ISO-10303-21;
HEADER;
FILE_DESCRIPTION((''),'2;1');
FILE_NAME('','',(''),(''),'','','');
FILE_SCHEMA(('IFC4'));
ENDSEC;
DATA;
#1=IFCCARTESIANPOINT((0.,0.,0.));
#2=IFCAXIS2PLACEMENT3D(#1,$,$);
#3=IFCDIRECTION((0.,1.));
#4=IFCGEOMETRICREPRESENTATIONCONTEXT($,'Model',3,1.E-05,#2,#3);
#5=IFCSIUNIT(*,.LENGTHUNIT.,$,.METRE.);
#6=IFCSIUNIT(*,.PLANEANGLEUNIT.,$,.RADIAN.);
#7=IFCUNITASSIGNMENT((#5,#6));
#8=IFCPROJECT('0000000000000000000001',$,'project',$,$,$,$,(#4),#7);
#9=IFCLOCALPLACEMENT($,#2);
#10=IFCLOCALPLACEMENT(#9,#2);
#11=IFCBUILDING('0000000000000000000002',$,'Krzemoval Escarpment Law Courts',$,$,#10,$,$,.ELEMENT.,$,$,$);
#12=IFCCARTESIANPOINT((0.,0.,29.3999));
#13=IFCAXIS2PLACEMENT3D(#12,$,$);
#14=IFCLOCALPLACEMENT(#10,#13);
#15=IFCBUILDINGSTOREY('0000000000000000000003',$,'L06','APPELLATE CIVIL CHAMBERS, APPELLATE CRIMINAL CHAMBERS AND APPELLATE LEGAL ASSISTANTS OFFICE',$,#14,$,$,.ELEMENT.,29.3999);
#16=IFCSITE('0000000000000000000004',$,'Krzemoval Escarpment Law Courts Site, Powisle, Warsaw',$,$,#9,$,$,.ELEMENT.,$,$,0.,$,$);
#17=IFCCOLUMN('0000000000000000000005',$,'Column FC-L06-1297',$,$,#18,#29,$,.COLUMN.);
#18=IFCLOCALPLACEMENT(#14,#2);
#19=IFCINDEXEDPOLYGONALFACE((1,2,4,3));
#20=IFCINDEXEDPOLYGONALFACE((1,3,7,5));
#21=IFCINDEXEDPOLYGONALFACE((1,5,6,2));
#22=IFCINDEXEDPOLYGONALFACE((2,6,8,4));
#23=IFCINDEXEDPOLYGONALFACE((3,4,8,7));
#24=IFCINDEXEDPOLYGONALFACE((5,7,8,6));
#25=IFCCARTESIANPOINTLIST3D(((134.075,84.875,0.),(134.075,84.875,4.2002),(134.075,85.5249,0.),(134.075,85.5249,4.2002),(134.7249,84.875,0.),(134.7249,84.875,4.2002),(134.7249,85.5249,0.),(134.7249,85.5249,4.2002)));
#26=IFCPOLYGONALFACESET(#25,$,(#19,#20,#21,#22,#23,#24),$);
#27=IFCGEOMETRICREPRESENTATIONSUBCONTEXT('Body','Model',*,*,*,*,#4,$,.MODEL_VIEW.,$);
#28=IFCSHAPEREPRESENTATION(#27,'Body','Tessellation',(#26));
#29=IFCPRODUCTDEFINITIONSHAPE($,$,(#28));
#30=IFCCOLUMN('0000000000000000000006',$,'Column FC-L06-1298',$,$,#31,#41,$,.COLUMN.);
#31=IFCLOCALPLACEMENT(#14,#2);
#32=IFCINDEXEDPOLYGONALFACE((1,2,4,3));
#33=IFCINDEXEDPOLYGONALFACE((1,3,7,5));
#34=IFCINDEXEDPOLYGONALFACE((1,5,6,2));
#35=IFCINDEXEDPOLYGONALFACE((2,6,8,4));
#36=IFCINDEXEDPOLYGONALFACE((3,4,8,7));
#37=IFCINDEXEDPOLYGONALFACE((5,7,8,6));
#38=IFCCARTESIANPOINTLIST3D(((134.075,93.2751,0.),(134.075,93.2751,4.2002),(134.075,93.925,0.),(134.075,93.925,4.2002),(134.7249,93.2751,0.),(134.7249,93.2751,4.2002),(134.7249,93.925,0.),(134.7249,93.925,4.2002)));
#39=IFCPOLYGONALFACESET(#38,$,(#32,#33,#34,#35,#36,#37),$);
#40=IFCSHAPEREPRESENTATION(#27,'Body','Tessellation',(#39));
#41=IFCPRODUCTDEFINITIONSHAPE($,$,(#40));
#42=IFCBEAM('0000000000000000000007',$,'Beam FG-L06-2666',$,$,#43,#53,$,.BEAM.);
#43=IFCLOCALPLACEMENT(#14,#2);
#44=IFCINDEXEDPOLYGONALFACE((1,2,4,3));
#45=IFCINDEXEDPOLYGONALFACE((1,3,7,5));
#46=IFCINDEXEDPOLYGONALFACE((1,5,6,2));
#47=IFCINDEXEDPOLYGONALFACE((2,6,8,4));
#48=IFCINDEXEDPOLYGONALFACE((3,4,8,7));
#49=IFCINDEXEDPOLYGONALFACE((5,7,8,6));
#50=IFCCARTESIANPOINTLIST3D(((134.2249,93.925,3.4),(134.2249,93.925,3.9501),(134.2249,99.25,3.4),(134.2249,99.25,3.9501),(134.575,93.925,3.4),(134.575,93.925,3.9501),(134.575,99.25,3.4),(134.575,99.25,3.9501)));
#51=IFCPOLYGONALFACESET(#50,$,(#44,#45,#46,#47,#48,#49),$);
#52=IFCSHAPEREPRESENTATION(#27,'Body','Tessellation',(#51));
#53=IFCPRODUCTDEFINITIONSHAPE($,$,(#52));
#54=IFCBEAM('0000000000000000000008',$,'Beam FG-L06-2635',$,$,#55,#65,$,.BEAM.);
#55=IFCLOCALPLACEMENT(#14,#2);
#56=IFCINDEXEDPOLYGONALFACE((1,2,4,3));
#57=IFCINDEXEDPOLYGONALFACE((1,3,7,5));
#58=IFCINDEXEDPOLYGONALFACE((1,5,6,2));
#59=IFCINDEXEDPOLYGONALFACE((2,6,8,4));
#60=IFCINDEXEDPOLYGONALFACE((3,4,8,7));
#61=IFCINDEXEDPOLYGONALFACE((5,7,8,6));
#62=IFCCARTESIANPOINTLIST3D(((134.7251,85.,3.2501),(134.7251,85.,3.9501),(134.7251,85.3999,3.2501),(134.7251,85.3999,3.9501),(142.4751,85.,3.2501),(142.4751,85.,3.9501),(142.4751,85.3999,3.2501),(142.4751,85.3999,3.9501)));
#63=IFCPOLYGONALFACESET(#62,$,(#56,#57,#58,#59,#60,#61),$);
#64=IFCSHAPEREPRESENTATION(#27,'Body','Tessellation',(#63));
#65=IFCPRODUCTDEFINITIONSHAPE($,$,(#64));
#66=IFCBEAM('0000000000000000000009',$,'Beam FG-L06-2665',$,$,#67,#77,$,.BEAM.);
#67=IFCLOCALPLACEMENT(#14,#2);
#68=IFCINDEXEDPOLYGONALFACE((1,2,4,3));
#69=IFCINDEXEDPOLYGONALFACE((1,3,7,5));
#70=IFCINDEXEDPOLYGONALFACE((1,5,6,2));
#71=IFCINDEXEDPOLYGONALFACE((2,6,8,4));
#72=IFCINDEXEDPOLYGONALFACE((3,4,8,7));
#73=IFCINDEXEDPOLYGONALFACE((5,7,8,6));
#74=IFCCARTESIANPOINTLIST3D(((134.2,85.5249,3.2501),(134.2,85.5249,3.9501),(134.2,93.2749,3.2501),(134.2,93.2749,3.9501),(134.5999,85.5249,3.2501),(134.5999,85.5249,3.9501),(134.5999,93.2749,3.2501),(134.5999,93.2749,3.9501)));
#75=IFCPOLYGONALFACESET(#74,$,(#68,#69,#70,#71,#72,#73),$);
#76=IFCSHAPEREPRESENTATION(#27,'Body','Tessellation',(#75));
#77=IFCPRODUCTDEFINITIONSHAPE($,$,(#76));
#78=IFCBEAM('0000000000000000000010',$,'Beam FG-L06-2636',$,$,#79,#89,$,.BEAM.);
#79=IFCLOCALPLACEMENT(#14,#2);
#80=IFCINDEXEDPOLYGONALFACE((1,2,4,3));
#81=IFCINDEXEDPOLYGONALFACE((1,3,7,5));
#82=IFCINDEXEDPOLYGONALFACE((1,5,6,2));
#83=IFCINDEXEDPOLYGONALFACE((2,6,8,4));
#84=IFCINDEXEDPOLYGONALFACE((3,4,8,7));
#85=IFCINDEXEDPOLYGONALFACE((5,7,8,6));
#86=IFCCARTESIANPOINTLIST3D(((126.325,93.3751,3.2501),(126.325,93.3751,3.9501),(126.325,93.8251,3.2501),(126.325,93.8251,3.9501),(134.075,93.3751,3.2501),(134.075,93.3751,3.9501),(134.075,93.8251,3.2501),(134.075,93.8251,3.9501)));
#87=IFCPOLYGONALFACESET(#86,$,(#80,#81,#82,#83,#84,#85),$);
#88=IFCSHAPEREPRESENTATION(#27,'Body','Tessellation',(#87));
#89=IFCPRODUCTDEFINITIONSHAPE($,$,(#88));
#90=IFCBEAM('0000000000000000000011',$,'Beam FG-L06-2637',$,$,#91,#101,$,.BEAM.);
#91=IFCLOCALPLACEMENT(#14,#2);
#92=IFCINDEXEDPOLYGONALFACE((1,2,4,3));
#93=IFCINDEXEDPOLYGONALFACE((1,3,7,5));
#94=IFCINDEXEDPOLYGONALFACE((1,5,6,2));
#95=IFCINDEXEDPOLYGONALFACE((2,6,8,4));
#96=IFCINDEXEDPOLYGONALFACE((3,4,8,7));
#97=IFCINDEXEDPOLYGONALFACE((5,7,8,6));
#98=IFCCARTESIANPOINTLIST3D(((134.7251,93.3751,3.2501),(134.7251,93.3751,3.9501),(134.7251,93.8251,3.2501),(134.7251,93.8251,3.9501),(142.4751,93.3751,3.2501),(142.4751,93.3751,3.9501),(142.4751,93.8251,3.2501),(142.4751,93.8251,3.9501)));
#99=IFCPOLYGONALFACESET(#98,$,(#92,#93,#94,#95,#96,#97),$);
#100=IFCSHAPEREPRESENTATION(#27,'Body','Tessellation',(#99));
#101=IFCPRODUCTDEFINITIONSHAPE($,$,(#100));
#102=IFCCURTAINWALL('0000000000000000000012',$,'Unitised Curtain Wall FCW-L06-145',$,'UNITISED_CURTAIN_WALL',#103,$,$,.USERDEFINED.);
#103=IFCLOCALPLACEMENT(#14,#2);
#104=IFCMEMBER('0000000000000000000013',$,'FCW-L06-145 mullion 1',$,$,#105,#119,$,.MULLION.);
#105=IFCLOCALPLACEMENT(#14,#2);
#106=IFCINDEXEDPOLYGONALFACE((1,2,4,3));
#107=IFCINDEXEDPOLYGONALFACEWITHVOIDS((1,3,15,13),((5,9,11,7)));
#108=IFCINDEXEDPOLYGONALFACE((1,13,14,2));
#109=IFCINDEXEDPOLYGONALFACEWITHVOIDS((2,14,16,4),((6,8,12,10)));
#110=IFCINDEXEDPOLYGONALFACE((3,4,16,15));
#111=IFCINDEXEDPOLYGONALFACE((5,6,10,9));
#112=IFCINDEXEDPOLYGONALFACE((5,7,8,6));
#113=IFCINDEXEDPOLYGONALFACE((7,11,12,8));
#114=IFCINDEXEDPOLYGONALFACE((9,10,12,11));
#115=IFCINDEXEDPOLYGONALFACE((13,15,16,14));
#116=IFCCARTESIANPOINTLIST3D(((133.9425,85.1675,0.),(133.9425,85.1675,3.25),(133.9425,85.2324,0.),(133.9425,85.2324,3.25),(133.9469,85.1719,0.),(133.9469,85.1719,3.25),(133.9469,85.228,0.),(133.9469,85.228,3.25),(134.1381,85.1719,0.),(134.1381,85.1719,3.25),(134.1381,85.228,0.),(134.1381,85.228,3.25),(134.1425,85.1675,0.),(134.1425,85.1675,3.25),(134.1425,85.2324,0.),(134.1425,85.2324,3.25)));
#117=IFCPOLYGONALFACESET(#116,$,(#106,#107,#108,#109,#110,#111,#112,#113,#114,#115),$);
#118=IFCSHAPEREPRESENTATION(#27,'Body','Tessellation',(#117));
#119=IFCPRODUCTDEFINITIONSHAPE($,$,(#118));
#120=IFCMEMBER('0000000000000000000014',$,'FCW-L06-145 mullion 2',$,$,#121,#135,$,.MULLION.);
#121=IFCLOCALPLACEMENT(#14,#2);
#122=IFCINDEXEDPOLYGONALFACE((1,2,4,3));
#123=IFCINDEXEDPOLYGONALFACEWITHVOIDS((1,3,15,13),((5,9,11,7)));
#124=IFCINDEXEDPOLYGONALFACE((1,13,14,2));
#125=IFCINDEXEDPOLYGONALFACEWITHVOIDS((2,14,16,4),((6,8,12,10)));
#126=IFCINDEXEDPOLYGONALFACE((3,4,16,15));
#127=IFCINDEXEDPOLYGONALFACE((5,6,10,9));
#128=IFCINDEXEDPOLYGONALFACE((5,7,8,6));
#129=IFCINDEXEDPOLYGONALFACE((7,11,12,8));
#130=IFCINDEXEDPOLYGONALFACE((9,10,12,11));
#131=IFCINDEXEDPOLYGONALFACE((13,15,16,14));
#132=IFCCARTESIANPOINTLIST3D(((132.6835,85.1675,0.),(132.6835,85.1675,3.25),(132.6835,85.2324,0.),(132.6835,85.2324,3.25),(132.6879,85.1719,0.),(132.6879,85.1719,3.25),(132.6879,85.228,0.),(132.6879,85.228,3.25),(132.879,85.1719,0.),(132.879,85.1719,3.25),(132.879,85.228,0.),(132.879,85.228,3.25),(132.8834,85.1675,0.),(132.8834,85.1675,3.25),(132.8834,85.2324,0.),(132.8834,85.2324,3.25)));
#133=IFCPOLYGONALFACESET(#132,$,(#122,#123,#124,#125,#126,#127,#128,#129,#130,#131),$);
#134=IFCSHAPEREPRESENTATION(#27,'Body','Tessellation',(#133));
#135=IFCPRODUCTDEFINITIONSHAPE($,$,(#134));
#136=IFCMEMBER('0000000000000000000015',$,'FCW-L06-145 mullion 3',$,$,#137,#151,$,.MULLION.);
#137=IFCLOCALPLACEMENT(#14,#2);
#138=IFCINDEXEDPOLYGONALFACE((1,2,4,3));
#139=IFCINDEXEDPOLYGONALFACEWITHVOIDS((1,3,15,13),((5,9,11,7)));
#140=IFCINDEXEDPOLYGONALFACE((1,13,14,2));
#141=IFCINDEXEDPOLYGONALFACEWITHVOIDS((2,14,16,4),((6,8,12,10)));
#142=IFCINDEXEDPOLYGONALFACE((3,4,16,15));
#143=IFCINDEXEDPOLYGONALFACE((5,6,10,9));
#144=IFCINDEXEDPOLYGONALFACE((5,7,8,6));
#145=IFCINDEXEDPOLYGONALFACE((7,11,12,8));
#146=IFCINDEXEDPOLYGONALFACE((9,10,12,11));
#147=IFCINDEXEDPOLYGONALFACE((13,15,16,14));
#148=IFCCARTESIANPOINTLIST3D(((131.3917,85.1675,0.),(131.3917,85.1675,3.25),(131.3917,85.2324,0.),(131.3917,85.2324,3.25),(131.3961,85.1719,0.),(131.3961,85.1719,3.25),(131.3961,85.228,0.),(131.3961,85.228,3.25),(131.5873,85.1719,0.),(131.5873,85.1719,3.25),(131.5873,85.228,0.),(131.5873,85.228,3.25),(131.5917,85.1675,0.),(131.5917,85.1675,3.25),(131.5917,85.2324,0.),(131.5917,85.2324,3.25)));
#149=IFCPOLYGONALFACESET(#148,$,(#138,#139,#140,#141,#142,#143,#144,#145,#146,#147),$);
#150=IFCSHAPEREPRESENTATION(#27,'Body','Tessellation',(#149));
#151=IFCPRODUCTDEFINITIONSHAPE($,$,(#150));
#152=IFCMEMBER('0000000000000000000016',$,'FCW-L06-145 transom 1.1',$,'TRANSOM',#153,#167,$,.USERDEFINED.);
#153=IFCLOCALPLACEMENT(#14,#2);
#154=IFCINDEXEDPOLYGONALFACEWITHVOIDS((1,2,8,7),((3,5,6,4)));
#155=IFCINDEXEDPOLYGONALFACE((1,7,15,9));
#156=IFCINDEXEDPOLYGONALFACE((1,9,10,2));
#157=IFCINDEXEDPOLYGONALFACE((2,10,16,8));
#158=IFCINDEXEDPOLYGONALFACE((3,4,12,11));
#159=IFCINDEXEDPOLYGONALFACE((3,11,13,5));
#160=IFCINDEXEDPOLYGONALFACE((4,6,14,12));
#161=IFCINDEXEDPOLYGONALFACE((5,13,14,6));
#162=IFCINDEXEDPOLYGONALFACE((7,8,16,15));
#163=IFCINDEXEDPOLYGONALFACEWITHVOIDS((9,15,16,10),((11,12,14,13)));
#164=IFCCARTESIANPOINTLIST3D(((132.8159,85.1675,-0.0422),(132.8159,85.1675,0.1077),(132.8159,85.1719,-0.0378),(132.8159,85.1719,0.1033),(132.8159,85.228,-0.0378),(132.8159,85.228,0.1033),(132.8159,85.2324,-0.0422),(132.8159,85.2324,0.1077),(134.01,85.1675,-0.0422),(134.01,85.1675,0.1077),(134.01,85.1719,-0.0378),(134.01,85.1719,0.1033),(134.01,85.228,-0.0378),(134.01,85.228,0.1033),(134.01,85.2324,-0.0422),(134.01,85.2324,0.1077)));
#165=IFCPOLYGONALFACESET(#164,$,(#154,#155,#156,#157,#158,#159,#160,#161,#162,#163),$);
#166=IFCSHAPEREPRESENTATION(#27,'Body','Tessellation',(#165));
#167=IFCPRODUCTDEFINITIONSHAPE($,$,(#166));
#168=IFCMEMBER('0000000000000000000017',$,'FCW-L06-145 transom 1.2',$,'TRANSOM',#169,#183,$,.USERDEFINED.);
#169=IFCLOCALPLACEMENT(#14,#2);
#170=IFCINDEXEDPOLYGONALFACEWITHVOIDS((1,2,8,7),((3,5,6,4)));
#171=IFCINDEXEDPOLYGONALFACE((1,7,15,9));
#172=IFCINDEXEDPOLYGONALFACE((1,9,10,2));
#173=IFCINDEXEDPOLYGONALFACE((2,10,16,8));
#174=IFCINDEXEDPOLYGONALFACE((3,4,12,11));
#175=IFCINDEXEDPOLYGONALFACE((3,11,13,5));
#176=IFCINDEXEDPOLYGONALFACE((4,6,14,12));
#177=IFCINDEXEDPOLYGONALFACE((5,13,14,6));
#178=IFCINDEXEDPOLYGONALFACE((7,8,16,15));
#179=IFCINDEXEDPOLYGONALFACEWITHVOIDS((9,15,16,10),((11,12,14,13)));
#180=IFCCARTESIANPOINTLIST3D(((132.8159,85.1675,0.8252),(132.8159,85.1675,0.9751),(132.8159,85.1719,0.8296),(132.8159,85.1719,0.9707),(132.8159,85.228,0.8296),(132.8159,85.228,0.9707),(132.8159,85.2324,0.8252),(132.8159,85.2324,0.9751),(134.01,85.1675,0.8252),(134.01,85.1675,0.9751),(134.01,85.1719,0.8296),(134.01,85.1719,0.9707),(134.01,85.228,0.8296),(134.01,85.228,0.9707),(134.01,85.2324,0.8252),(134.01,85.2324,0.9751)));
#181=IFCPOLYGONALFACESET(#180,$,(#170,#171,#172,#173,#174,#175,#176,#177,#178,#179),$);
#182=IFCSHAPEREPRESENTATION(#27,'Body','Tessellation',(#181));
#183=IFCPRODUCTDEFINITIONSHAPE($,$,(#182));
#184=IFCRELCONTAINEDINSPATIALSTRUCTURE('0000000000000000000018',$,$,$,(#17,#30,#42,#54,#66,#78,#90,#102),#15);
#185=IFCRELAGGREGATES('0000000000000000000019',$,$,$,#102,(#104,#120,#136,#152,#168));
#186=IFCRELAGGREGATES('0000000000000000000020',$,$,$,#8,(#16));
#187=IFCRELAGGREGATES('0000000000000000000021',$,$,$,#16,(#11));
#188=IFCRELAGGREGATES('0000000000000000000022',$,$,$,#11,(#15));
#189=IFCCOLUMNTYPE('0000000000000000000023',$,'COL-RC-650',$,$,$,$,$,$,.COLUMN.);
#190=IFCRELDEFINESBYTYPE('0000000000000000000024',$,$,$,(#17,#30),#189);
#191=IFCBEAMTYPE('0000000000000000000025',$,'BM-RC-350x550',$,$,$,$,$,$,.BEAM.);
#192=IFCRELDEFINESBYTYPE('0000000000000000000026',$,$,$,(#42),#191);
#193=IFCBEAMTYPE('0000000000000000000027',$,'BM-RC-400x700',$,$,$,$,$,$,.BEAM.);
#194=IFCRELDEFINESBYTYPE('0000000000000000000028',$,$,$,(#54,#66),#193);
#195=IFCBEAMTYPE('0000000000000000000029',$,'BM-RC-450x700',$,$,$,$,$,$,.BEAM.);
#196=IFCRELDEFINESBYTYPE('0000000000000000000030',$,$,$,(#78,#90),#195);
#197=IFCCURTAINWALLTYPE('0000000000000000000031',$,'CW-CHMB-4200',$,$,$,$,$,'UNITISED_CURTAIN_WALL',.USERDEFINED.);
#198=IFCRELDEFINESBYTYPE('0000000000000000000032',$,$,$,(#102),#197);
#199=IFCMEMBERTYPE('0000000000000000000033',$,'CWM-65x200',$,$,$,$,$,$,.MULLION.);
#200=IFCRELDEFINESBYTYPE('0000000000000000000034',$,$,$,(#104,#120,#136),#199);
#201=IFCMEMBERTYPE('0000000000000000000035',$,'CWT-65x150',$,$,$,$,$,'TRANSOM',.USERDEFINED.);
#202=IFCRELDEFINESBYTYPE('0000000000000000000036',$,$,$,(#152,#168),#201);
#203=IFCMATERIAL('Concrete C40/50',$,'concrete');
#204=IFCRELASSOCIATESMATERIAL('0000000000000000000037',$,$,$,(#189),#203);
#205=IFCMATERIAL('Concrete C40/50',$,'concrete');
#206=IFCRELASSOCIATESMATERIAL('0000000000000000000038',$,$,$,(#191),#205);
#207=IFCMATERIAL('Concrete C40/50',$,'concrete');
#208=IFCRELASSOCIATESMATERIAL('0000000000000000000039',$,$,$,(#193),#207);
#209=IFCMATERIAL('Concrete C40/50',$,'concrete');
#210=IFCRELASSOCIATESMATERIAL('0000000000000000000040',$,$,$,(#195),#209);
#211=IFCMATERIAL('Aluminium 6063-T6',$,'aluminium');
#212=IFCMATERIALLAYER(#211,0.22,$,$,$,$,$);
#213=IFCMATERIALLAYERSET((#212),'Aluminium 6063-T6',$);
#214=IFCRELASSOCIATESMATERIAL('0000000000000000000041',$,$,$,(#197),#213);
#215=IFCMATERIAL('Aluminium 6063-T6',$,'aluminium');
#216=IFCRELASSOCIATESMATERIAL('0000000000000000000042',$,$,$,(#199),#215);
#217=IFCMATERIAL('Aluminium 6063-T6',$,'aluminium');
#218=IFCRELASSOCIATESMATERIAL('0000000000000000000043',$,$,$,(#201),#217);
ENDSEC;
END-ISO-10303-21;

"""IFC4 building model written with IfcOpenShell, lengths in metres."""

from ifc_helpers import new_model, si_unit, direction, frame, origin, origin_2d, place, context, subcontext, project, spatial, rectangle, hollow_rectangle, extrude, material, layer, layer_set, material_profile, profile_set, type_object, element, aggregate, save


model = new_model("IFC4")

# Units and contexts
model_context = context("Model", 3, precision=1e-05, world=origin(), true_north=direction((0.0, 1.0)))
body_context = subcontext(model_context, "Body", "Model", "MODEL_VIEW")
ifc_project = project(units=[si_unit("LENGTHUNIT", "METRE"), si_unit("PLANEANGLEUNIT", "RADIAN")], contexts=[model_context])

# Site, building, storey
site_placement = place(None, origin())
site = spatial("IfcSite", under=ifc_project, at=site_placement, Name="Krzemoval Escarpment Law Courts Site, Powisle, Warsaw", CompositionType="ELEMENT", RefElevation=0.0)
building_placement = place(site_placement, origin())
building = spatial("IfcBuilding", under=site, at=building_placement, Name="Krzemoval Escarpment Law Courts", CompositionType="ELEMENT")
storey_placement = place(building_placement, frame((0.0, 0.0, 29.3999)))
storey = spatial("IfcBuildingStorey", under=building, at=storey_placement, Name="L06", Description="APPELLATE CIVIL CHAMBERS, APPELLATE CRIMINAL CHAMBERS AND APPELLATE LEGAL ASSISTANTS OFFICE", CompositionType="ELEMENT", Elevation=29.3999)

# Columns
ifc_material_1 = material(Name="Concrete C40/50", Category="concrete")
ifc_material_profile_1 = material_profile(ifc_material_1, rectangle(XDim=0.6499, YDim=0.6499, at=origin_2d()), Name="RC 650x650")
ifc_profile_set_1 = profile_set([ifc_material_profile_1], Name="Concrete C40/50")
column_type = type_object("IfcColumnType", Name="COL-RC-650", PredefinedType="COLUMN", material=ifc_profile_set_1)
for number, where, z_axis, x_axis, name in (
    (1, (134.3999, 85.2, 0.0), (0.0, 0.0, 1.0), (1.0, 0.0, 0.0), "Column FC-L06-1297"),
    (2, (134.3999, 93.6001, 0.0), (0.0, 0.0, 1.0), (1.0, 0.0, 0.0), "Column FC-L06-1298"),
):
    element("IfcColumn", number, at=place(storey_placement, frame(where, z_axis=z_axis, x_axis=x_axis)), inside=storey, type_object=column_type, Name=name, PredefinedType="COLUMN", context=body_context, shape_type="SweptSolid", body=[
        extrude(rectangle(XDim=0.6499, YDim=0.6499, at=origin_2d()), origin(), (0.0, 0.0, 1.0), 4.2002),
    ])

# Beams
ifc_material_2 = material(Name="Concrete C40/50", Category="concrete")
ifc_material_profile_2 = material_profile(ifc_material_2, rectangle(XDim=0.3501, YDim=0.55, at=origin_2d()), Name="RCB 350x550")
ifc_profile_set_2 = profile_set([ifc_material_profile_2], Name="Concrete C40/50")
beam_type_1 = type_object("IfcBeamType", Name="BM-RC-350x550", PredefinedType="BEAM", material=ifc_profile_set_2)
beam_placement = place(storey_placement, frame((134.3999, 93.925, 3.675), z_axis=(0.0, 1.0, 0.0), x_axis=(-1.0, 0.0, 0.0)))
element("IfcBeam", 3, at=beam_placement, inside=storey, type_object=beam_type_1, Name="Beam FG-L06-2666", PredefinedType="BEAM", context=body_context, shape_type="SweptSolid", body=[
    extrude(rectangle(XDim=0.3501, YDim=0.55, at=origin_2d()), origin(), (0.0, 0.0, 1.0), 5.325),
])
ifc_material_3 = material(Name="Concrete C40/50", Category="concrete")
ifc_material_profile_3 = material_profile(ifc_material_3, rectangle(XDim=0.3999, YDim=0.7, at=origin_2d()), Name="RCB 400x700")
ifc_profile_set_3 = profile_set([ifc_material_profile_3], Name="Concrete C40/50")
beam_type_2 = type_object("IfcBeamType", Name="BM-RC-400x700", PredefinedType="BEAM", material=ifc_profile_set_3)
for number, where, z_axis, x_axis, name in (
    (4, (134.7251, 85.2, 3.6001), (1.0, 0.0, 0.0), (0.0, 1.0, 0.0), "Beam FG-L06-2635"),
    (5, (134.3999, 85.5249, 3.6001), (0.0, 1.0, 0.0), (-1.0, 0.0, 0.0), "Beam FG-L06-2665"),
):
    element("IfcBeam", number, at=place(storey_placement, frame(where, z_axis=z_axis, x_axis=x_axis)), inside=storey, type_object=beam_type_2, Name=name, PredefinedType="BEAM", context=body_context, shape_type="SweptSolid", body=[
        extrude(rectangle(XDim=0.3999, YDim=0.7, at=origin_2d()), origin(), (0.0, 0.0, 1.0), 7.75),
    ])
ifc_material_4 = material(Name="Concrete C40/50", Category="concrete")
ifc_material_profile_4 = material_profile(ifc_material_4, rectangle(XDim=0.45, YDim=0.7, at=origin_2d()), Name="RCB 450x700")
ifc_profile_set_4 = profile_set([ifc_material_profile_4], Name="Concrete C40/50")
beam_type_3 = type_object("IfcBeamType", Name="BM-RC-450x700", PredefinedType="BEAM", material=ifc_profile_set_4)
for number, where, z_axis, x_axis, name in (
    (6, (126.325, 93.6001, 3.6001), (1.0, 0.0, 0.0), (0.0, 1.0, 0.0), "Beam FG-L06-2636"),
    (7, (134.7251, 93.6001, 3.6001), (1.0, 0.0, 0.0), (0.0, 1.0, 0.0), "Beam FG-L06-2637"),
):
    element("IfcBeam", number, at=place(storey_placement, frame(where, z_axis=z_axis, x_axis=x_axis)), inside=storey, type_object=beam_type_3, Name=name, PredefinedType="BEAM", context=body_context, shape_type="SweptSolid", body=[
        extrude(rectangle(XDim=0.45, YDim=0.7, at=origin_2d()), origin(), (0.0, 0.0, 1.0), 7.75),
    ])

# Curtain wall, members
ifc_material_5 = material(Name="Aluminium 6063-T6", Category="aluminium")
ifc_layer_1 = layer(ifc_material_5, 0.22)
ifc_layer_set_1 = layer_set([ifc_layer_1], Name="Aluminium 6063-T6")
curtain_wall_type = type_object("IfcCurtainWallType", Name="CW-CHMB-4200", ElementType="UNITISED_CURTAIN_WALL", PredefinedType="USERDEFINED", material=ifc_layer_set_1)
curtain_wall_placement = place(storey_placement, origin())
curtain_wall = element("IfcCurtainWall", 8, at=curtain_wall_placement, inside=storey, type_object=curtain_wall_type, Name="Unitised Curtain Wall FCW-L06-145", ObjectType="UNITISED_CURTAIN_WALL", PredefinedType="USERDEFINED")
ifc_material_6 = material(Name="Aluminium 6063-T6", Category="aluminium")
ifc_material_profile_5 = material_profile(ifc_material_6, hollow_rectangle(XDim=0.0649, YDim=0.2, WallThickness=0.0044, at=origin_2d()), Name="ALU M65x200")
ifc_profile_set_5 = profile_set([ifc_material_profile_5], Name="Aluminium 6063-T6")
member_type_1 = type_object("IfcMemberType", Name="CWM-65x200", PredefinedType="MULLION", material=ifc_profile_set_5)
member_1_placement = place(storey_placement, frame((134.0425, 85.2, 0.0), z_axis=(0.0, 0.0, 1.0), x_axis=(0.0, -1.0, 0.0)))
member_1 = element("IfcMember", 9, at=member_1_placement, type_object=member_type_1, Name="FCW-L06-145 mullion 1", PredefinedType="MULLION", context=body_context, shape_type="SweptSolid", body=[
    extrude(hollow_rectangle(XDim=0.0649, YDim=0.2, WallThickness=0.0044, at=origin_2d()), origin(), (0.0, 0.0, 1.0), 3.25),
])
member_2_placement = place(storey_placement, frame((132.7834, 85.2, 0.0), z_axis=(0.0, 0.0, 1.0), x_axis=(0.0, -1.0, 0.0)))
member_2 = element("IfcMember", 10, at=member_2_placement, type_object=member_type_1, Name="FCW-L06-145 mullion 2", PredefinedType="MULLION", context=body_context, shape_type="SweptSolid", body=[
    extrude(hollow_rectangle(XDim=0.0649, YDim=0.2, WallThickness=0.0044, at=origin_2d()), origin(), (0.0, 0.0, 1.0), 3.25),
])
member_3_placement = place(storey_placement, frame((131.4917, 85.2, 0.0), z_axis=(0.0, 0.0, 1.0), x_axis=(0.0, -1.0, 0.0)))
member_3 = element("IfcMember", 11, at=member_3_placement, type_object=member_type_1, Name="FCW-L06-145 mullion 3", PredefinedType="MULLION", context=body_context, shape_type="SweptSolid", body=[
    extrude(hollow_rectangle(XDim=0.0649, YDim=0.2, WallThickness=0.0044, at=origin_2d()), origin(), (0.0, 0.0, 1.0), 3.25),
])
ifc_material_7 = material(Name="Aluminium 6063-T6", Category="aluminium")
ifc_material_profile_6 = material_profile(ifc_material_7, hollow_rectangle(XDim=0.0649, YDim=0.1499, WallThickness=0.0044, at=origin_2d()), Name="ALU T65x150")
ifc_profile_set_6 = profile_set([ifc_material_profile_6], Name="Aluminium 6063-T6")
member_type_2 = type_object("IfcMemberType", Name="CWT-65x150", ElementType="TRANSOM", PredefinedType="USERDEFINED", material=ifc_profile_set_6)
member_4_placement = place(storey_placement, frame((134.01, 85.2, 0.0327), z_axis=(-1.0, 0.0, 0.0), x_axis=(0.0, -1.0, 0.0)))
member_4 = element("IfcMember", 12, at=member_4_placement, type_object=member_type_2, Name="FCW-L06-145 transom 1.1", ObjectType="TRANSOM", PredefinedType="USERDEFINED", context=body_context, shape_type="SweptSolid", body=[
    extrude(hollow_rectangle(XDim=0.0649, YDim=0.1499, WallThickness=0.0044, at=origin_2d()), origin(), (0.0, 0.0, 1.0), 1.1941),
])
member_5_placement = place(storey_placement, frame((134.01, 85.2, 0.9001), z_axis=(-1.0, 0.0, 0.0), x_axis=(0.0, -1.0, 0.0)))
member_5 = element("IfcMember", 13, at=member_5_placement, type_object=member_type_2, Name="FCW-L06-145 transom 1.2", ObjectType="TRANSOM", PredefinedType="USERDEFINED", context=body_context, shape_type="SweptSolid", body=[
    extrude(hollow_rectangle(XDim=0.0649, YDim=0.1499, WallThickness=0.0044, at=origin_2d()), origin(), (0.0, 0.0, 1.0), 1.1941),
])

aggregate(curtain_wall, [member_1, member_2, member_3, member_4, member_5])

save(model, "model.ifc")
